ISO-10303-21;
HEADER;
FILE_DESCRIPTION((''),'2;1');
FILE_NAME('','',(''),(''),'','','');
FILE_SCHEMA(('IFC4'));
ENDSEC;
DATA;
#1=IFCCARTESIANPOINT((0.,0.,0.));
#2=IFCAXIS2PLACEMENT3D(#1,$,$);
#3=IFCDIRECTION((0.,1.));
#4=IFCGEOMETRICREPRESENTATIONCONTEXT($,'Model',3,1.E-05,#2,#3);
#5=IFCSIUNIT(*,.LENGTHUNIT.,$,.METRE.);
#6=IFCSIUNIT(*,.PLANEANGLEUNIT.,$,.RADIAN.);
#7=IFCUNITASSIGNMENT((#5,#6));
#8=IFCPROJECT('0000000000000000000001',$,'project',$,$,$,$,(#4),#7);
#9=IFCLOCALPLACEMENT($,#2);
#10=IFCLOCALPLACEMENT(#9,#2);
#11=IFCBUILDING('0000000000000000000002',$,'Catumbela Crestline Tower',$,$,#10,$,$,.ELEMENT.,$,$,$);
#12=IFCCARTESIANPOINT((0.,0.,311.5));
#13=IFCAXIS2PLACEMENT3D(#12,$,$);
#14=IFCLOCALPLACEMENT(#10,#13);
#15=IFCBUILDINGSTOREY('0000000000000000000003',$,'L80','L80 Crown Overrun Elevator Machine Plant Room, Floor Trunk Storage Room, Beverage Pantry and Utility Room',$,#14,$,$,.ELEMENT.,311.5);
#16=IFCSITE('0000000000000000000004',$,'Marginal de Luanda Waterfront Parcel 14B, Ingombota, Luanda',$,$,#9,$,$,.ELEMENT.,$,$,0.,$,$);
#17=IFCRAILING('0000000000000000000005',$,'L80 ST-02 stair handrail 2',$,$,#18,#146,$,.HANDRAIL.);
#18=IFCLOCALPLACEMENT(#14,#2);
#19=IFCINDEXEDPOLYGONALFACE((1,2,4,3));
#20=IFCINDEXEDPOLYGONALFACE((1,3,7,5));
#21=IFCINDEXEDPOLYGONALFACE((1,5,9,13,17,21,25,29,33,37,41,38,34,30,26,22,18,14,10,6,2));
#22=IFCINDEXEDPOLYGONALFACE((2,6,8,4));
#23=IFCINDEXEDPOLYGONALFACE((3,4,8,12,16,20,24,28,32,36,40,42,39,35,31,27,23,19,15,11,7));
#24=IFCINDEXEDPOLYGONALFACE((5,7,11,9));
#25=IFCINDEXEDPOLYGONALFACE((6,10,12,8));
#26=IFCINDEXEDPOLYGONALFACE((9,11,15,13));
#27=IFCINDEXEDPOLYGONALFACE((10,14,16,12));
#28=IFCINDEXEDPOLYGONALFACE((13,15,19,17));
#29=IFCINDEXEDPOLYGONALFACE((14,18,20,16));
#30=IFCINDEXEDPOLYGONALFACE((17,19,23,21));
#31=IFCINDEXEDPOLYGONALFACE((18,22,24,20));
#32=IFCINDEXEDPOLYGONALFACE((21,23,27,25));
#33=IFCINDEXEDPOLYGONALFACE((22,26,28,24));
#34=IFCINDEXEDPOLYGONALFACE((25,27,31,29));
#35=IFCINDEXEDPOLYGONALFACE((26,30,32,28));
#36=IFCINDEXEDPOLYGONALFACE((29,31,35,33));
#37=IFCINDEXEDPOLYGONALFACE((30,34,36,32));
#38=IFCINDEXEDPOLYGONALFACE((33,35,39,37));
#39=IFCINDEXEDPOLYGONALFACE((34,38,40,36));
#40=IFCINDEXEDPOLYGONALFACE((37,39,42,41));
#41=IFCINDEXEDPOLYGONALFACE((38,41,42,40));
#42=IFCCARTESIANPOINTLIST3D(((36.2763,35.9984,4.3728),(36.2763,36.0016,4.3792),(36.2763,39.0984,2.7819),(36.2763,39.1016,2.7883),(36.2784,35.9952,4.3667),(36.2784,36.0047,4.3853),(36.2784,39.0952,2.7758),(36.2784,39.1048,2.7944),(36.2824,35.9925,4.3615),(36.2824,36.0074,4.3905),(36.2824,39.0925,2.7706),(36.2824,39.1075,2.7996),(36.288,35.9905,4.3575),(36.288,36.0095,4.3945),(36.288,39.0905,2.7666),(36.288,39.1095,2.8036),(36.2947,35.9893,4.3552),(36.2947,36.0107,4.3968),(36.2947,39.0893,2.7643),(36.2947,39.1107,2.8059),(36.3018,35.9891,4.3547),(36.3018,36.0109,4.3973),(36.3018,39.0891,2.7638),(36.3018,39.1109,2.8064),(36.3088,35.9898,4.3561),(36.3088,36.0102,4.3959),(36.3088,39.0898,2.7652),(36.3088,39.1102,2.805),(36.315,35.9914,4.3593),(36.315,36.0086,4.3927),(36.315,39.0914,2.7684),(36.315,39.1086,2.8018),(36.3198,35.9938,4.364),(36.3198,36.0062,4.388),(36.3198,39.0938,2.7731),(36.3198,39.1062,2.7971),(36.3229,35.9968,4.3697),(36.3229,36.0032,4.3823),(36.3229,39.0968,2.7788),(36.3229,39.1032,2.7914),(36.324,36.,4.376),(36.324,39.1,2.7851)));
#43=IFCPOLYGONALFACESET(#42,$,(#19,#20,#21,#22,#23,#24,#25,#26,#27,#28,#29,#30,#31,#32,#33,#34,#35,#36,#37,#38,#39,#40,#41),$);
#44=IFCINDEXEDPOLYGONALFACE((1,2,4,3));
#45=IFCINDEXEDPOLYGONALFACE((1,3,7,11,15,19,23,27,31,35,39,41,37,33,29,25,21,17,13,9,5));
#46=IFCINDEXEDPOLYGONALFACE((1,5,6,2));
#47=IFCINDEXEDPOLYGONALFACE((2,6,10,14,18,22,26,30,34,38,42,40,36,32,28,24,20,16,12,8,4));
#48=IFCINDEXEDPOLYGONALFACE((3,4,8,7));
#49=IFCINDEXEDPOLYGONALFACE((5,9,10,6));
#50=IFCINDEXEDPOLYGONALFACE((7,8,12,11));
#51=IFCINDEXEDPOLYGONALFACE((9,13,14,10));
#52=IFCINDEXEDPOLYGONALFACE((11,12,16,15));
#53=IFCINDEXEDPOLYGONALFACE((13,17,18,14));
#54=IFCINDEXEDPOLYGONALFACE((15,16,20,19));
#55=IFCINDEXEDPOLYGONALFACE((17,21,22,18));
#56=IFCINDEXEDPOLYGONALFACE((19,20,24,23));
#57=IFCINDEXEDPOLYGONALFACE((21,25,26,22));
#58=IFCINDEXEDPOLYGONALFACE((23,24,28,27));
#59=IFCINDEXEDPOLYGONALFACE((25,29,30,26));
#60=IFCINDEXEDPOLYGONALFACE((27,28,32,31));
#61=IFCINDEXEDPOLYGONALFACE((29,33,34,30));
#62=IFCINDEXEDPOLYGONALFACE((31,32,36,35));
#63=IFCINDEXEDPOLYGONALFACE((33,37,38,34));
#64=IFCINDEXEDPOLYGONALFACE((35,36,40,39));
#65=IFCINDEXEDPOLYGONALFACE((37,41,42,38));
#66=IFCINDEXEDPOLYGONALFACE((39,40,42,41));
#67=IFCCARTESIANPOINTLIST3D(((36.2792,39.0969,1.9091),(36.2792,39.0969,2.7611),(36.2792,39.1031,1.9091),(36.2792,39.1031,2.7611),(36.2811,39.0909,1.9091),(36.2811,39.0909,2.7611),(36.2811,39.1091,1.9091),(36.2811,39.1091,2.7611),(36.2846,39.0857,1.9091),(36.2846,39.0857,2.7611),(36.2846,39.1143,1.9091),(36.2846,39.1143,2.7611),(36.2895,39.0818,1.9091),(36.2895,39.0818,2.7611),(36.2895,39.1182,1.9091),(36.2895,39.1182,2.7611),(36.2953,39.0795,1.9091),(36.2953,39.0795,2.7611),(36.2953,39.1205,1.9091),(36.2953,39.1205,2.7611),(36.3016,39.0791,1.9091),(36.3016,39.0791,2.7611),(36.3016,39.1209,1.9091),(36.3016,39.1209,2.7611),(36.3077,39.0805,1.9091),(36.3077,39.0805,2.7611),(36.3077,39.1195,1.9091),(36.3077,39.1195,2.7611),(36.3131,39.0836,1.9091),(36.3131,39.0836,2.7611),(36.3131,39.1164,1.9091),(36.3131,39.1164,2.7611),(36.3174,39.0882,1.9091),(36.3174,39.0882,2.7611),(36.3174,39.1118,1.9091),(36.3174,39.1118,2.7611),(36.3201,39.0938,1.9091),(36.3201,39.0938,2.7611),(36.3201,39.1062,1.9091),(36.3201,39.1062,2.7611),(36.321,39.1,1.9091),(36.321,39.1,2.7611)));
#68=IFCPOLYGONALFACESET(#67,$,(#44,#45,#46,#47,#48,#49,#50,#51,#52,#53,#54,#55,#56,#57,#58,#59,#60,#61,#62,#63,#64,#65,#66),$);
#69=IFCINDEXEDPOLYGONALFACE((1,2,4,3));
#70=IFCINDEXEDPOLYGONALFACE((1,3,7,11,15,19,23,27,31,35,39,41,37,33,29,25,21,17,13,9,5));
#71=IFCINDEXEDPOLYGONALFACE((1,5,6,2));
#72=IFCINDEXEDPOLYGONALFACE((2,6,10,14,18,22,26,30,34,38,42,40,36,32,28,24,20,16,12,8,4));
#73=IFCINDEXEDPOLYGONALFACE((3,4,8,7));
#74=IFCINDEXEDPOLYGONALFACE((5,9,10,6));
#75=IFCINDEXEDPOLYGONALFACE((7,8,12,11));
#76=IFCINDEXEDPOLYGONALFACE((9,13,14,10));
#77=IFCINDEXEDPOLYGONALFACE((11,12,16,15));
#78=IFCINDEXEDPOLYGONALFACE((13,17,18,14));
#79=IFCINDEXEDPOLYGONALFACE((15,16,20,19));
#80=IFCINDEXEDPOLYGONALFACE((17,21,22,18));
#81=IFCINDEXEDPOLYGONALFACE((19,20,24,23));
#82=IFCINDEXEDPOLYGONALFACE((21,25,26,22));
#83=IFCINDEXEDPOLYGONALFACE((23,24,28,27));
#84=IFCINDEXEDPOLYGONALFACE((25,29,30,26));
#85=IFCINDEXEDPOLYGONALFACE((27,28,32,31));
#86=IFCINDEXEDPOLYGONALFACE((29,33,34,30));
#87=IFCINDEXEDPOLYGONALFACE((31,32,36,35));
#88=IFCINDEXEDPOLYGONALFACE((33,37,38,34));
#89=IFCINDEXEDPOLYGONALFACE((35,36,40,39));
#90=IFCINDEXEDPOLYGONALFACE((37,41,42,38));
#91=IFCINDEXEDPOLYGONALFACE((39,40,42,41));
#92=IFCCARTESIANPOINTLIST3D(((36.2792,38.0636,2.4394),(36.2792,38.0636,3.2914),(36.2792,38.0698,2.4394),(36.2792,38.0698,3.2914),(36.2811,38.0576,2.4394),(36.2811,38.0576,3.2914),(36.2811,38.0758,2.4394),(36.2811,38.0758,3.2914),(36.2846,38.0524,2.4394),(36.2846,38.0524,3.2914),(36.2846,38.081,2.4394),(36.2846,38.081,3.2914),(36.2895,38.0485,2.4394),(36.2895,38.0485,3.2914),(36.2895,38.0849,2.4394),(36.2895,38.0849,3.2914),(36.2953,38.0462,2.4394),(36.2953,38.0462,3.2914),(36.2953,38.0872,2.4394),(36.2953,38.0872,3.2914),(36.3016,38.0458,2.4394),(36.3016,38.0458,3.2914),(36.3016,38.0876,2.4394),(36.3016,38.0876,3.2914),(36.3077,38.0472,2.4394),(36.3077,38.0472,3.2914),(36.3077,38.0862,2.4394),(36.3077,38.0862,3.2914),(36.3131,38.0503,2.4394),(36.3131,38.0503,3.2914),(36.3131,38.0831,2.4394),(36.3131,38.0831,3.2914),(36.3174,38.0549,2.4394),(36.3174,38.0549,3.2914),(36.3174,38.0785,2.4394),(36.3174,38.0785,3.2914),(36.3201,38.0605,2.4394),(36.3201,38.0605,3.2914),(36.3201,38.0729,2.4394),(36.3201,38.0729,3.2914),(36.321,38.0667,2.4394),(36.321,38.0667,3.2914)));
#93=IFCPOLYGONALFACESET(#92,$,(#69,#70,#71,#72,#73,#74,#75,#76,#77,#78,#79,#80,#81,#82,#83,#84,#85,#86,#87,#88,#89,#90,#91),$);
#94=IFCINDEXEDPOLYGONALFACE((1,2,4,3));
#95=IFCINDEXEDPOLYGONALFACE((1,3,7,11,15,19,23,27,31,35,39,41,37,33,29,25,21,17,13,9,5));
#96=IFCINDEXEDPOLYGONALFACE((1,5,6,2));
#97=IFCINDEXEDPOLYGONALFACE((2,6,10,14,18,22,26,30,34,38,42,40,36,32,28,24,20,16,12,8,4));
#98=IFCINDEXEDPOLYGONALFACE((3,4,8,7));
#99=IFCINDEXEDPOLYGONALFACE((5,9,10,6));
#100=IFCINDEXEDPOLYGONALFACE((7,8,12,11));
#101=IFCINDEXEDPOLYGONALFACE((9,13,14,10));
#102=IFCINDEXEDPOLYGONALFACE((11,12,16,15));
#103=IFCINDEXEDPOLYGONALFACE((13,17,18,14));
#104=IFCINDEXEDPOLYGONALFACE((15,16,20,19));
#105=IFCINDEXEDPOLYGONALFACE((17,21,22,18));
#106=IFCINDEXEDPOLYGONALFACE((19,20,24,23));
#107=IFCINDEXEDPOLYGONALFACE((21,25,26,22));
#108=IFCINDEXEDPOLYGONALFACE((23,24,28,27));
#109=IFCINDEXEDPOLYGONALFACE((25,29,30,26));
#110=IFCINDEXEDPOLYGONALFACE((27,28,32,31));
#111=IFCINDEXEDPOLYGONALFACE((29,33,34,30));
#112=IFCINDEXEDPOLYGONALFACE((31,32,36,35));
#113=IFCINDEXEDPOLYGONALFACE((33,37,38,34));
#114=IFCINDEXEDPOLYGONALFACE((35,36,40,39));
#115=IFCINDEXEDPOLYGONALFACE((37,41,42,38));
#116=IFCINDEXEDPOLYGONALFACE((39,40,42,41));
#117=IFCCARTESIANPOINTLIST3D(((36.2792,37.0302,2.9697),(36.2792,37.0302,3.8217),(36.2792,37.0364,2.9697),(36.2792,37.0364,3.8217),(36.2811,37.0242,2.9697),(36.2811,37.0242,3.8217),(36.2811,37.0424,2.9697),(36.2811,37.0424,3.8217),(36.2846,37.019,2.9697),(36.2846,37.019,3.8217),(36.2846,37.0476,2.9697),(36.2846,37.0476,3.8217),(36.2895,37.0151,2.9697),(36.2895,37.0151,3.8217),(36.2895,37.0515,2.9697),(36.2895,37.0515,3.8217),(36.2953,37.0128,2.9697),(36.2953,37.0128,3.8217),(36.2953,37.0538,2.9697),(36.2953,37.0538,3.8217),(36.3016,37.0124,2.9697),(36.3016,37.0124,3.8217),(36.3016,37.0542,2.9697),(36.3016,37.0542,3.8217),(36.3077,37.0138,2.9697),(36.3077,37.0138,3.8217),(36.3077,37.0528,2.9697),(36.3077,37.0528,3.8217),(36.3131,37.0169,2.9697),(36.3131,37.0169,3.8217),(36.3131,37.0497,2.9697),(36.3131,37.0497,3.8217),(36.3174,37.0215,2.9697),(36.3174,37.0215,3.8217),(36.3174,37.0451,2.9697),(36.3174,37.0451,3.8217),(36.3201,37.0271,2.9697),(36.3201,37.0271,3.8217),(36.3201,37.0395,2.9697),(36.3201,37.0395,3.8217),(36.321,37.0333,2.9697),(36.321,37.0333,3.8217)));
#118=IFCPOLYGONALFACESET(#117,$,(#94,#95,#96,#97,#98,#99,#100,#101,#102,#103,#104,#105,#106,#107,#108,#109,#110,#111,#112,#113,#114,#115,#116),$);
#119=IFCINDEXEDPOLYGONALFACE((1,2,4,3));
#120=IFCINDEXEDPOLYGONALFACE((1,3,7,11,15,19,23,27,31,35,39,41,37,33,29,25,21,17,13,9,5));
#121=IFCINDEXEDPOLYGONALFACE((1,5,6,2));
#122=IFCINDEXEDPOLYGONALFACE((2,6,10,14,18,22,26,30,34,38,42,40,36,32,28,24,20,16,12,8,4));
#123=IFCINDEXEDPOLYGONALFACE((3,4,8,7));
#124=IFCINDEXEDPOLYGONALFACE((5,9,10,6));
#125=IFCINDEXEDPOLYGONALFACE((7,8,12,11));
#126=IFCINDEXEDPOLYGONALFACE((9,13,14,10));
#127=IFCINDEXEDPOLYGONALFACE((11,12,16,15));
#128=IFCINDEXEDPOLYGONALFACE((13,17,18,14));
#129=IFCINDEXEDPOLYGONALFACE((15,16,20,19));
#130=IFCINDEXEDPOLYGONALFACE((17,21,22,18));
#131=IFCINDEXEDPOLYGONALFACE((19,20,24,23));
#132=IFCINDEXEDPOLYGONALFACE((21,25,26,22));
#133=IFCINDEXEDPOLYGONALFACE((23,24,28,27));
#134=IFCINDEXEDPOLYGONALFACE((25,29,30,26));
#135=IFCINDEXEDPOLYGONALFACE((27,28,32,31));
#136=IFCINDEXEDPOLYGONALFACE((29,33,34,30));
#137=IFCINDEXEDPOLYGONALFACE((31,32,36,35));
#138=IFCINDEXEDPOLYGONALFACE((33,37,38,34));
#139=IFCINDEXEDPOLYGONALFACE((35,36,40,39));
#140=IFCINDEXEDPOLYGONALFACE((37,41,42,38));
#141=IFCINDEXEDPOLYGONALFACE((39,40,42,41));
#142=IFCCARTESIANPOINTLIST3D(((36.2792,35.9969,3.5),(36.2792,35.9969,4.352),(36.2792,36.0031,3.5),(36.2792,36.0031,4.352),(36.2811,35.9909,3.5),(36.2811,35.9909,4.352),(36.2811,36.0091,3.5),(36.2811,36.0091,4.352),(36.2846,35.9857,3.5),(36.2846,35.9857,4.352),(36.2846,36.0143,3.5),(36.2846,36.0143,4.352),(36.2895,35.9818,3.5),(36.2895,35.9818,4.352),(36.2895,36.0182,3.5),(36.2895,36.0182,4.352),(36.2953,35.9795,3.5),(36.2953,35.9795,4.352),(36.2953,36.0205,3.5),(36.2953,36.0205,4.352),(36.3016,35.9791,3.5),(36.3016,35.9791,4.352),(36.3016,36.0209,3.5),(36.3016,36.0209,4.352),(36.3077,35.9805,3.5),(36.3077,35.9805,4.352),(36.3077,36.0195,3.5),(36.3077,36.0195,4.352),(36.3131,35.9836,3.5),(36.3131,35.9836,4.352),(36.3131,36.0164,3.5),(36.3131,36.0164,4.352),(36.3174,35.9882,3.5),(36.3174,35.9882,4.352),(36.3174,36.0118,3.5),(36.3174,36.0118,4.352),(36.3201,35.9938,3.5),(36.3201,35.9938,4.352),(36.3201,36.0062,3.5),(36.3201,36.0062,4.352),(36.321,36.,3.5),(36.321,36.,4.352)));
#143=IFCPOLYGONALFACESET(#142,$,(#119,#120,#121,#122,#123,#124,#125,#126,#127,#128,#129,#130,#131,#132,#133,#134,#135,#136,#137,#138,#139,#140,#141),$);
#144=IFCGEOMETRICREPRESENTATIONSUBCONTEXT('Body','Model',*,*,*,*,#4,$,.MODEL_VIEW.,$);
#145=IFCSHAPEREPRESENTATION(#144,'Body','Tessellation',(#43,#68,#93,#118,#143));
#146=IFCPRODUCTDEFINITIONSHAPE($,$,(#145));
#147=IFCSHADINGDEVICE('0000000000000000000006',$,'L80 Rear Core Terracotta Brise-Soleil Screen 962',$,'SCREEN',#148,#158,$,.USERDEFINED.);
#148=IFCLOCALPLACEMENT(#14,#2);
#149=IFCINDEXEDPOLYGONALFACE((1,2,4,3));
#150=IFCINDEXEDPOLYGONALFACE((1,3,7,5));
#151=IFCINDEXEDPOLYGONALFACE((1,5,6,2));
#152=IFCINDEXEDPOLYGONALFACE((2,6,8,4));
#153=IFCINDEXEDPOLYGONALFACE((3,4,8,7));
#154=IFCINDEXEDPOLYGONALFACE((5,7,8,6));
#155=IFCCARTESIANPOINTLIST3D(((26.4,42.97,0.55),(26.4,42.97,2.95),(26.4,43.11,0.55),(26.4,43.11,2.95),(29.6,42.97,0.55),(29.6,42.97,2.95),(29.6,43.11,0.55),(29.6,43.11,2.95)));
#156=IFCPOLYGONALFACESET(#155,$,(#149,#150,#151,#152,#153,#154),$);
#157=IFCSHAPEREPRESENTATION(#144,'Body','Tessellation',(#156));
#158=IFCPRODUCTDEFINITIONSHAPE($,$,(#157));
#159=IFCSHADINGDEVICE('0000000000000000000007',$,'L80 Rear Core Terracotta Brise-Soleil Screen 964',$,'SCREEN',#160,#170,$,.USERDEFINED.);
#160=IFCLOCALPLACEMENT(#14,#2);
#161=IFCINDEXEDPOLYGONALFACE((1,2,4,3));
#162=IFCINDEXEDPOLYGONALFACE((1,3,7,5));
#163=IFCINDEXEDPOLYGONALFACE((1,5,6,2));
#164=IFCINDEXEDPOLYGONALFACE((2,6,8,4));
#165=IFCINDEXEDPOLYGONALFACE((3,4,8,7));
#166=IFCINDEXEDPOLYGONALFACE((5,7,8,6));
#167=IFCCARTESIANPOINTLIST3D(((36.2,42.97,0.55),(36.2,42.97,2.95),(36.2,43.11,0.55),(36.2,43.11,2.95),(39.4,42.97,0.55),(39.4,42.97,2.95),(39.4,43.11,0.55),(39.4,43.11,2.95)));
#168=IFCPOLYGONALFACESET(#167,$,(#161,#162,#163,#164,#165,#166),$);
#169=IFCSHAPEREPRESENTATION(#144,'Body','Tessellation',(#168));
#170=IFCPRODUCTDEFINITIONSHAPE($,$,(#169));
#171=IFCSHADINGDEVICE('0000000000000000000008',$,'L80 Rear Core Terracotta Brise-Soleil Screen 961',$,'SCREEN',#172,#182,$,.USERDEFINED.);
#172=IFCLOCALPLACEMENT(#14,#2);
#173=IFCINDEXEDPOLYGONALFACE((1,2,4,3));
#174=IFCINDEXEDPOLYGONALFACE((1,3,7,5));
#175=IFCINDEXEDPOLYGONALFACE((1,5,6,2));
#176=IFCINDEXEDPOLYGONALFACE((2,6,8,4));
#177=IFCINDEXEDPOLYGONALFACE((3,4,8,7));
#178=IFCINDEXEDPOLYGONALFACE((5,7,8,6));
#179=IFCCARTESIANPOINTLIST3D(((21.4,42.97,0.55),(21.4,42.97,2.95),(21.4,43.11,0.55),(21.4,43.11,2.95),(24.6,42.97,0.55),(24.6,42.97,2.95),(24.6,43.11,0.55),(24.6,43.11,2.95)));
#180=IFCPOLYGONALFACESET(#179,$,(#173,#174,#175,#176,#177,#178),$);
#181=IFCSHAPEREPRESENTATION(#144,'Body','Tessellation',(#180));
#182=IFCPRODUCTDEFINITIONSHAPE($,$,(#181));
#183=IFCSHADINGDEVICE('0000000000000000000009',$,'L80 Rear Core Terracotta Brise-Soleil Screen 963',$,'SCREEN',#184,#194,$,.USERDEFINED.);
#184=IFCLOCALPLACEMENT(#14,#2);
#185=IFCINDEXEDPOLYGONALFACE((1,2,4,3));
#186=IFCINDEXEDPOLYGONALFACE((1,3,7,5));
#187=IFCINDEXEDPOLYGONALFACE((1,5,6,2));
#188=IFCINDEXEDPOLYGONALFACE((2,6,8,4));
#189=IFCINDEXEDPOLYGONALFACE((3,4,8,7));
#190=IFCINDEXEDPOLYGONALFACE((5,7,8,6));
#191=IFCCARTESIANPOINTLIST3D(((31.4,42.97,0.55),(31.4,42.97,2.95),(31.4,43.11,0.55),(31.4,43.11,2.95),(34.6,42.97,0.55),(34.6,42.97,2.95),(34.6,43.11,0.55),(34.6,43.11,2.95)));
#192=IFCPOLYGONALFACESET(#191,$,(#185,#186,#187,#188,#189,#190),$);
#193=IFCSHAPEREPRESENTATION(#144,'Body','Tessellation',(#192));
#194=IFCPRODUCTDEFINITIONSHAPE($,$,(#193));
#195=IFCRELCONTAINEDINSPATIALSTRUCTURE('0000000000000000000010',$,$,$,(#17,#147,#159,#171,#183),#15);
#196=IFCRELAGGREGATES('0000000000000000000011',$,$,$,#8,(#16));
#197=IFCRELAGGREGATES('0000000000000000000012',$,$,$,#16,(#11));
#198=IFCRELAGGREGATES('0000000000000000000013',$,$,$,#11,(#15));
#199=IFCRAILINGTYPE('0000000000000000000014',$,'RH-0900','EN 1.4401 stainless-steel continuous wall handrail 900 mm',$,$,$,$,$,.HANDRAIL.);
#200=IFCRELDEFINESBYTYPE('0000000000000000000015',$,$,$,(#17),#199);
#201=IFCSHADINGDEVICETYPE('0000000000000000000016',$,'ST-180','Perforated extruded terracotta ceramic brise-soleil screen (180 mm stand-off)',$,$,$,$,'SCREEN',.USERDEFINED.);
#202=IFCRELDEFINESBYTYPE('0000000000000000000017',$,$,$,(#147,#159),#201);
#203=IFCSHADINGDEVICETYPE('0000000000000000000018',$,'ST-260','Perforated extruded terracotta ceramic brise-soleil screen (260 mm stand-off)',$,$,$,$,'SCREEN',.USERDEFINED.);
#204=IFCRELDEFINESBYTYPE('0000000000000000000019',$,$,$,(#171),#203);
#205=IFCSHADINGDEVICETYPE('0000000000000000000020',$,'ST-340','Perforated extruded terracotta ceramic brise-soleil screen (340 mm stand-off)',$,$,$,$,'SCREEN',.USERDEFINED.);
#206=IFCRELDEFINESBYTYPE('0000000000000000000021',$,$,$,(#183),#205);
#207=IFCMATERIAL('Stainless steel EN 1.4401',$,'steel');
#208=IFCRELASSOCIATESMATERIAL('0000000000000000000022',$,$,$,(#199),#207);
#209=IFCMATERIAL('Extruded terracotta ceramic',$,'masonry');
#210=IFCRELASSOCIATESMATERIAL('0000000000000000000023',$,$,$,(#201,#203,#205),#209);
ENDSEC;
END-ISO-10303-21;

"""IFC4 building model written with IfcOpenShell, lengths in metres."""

from ifc_helpers import new_model, si_unit, direction, frame, origin, origin_2d, place, context, subcontext, project, spatial, rectangle, circle, extrude, material, type_object, element, save


model = new_model("IFC4")

# Units and contexts
model_context = context("Model", 3, precision=1e-05, world=origin(), true_north=direction((0.0, 1.0)))
body_context = subcontext(model_context, "Body", "Model", "MODEL_VIEW")
ifc_project = project(units=[si_unit("LENGTHUNIT", "METRE"), si_unit("PLANEANGLEUNIT", "RADIAN")], contexts=[model_context])

# Site, building, storey
site_placement = place(None, origin())
site = spatial("IfcSite", under=ifc_project, at=site_placement, Name="Marginal de Luanda Waterfront Parcel 14B, Ingombota, Luanda", CompositionType="ELEMENT", RefElevation=0.0)
building_placement = place(site_placement, origin())
building = spatial("IfcBuilding", under=site, at=building_placement, Name="Catumbela Crestline Tower", CompositionType="ELEMENT")
storey_placement = place(building_placement, frame((0.0, 0.0, 311.5)))
storey = spatial("IfcBuildingStorey", under=building, at=storey_placement, Name="L80", Description="L80 Crown Overrun Elevator Machine Plant Room, Floor Trunk Storage Room, Beverage Pantry and Utility Room", CompositionType="ELEMENT", Elevation=311.5)

# Shared definitions
ifc_material_1 = material(Name="Stainless steel EN 1.4401", Category="steel")

# Railing
railing_type_1 = type_object("IfcRailingType", Name="RH-0900", Description="EN 1.4401 stainless-steel continuous wall handrail 900 mm", PredefinedType="HANDRAIL", material=ifc_material_1)
railing_1_placement = place(storey_placement, frame((36.3, 39.1, 1.9091)))
element("IfcRailing", 1, at=railing_1_placement, inside=storey, type_object=railing_type_1, Name="L80 ST-02 stair handrail 2", PredefinedType="HANDRAIL", context=body_context, shape_type="SweptSolid", body=[
    extrude(circle(Radius=0.024, at=origin_2d()), frame((0.0, 0.0, 0.876), z_axis=(0.0, -0.889683, 0.456579), x_axis=(1.0, 0.0, 0.0)), (0.0, 0.0, 1.0), 3.4844),
    extrude(circle(Radius=0.021, at=origin_2d()), origin(), (0.0, 0.0, 1.0), 0.852),
    extrude(circle(Radius=0.021, at=origin_2d()), frame((0.0, -1.0333, 0.5303)), (0.0, 0.0, 1.0), 0.852),
    extrude(circle(Radius=0.021, at=origin_2d()), frame((0.0, -2.0667, 1.0606)), (0.0, 0.0, 1.0), 0.852),
    extrude(circle(Radius=0.021, at=origin_2d()), frame((0.0, -3.1, 1.5909)), (0.0, 0.0, 1.0), 0.852),
])

# Shading devices
ifc_material_2 = material(Name="Extruded terracotta ceramic", Category="masonry")
shading_device_type_1 = type_object("IfcShadingDeviceType", Name="ST-180", Description="Perforated extruded terracotta ceramic brise-soleil screen (180 mm stand-off)", ElementType="SCREEN", PredefinedType="USERDEFINED", material=ifc_material_2)
for number, where, z_axis, x_axis, name in (
    (2, (28.0, 43.04, 0.55), (0.0, 0.0, 1.0), (1.0, 0.0, 0.0), "L80 Rear Core Terracotta Brise-Soleil Screen 962"),
    (3, (37.8, 43.04, 0.55), (0.0, 0.0, 1.0), (1.0, 0.0, 0.0), "L80 Rear Core Terracotta Brise-Soleil Screen 964"),
):
    element("IfcShadingDevice", number, at=place(storey_placement, frame(where, z_axis=z_axis, x_axis=x_axis)), inside=storey, type_object=shading_device_type_1, Name=name, ObjectType="SCREEN", PredefinedType="USERDEFINED", context=body_context, shape_type="SweptSolid", body=[
        extrude(rectangle(XDim=3.2, YDim=0.14, at=origin_2d()), origin(), (0.0, 0.0, 1.0), 2.4),
    ])
shading_device_type_2 = type_object("IfcShadingDeviceType", Name="ST-260", Description="Perforated extruded terracotta ceramic brise-soleil screen (260 mm stand-off)", ElementType="SCREEN", PredefinedType="USERDEFINED", material=ifc_material_2)
shading_device_1_placement = place(storey_placement, frame((23.0, 43.04, 0.55), z_axis=(0.0, 0.0, 1.0), x_axis=(1.0, 0.0, 0.0)))
element("IfcShadingDevice", 4, at=shading_device_1_placement, inside=storey, type_object=shading_device_type_2, Name="L80 Rear Core Terracotta Brise-Soleil Screen 961", ObjectType="SCREEN", PredefinedType="USERDEFINED", context=body_context, shape_type="SweptSolid", body=[
    extrude(rectangle(XDim=3.2, YDim=0.14, at=origin_2d()), origin(), (0.0, 0.0, 1.0), 2.4),
])
shading_device_type_3 = type_object("IfcShadingDeviceType", Name="ST-340", Description="Perforated extruded terracotta ceramic brise-soleil screen (340 mm stand-off)", ElementType="SCREEN", PredefinedType="USERDEFINED", material=ifc_material_2)
shading_device_2_placement = place(storey_placement, frame((33.0, 43.04, 0.55), z_axis=(0.0, 0.0, 1.0), x_axis=(1.0, 0.0, 0.0)))
element("IfcShadingDevice", 5, at=shading_device_2_placement, inside=storey, type_object=shading_device_type_3, Name="L80 Rear Core Terracotta Brise-Soleil Screen 963", ObjectType="SCREEN", PredefinedType="USERDEFINED", context=body_context, shape_type="SweptSolid", body=[
    extrude(rectangle(XDim=3.2, YDim=0.14, at=origin_2d()), origin(), (0.0, 0.0, 1.0), 2.4),
])

save(model, "model.ifc")
